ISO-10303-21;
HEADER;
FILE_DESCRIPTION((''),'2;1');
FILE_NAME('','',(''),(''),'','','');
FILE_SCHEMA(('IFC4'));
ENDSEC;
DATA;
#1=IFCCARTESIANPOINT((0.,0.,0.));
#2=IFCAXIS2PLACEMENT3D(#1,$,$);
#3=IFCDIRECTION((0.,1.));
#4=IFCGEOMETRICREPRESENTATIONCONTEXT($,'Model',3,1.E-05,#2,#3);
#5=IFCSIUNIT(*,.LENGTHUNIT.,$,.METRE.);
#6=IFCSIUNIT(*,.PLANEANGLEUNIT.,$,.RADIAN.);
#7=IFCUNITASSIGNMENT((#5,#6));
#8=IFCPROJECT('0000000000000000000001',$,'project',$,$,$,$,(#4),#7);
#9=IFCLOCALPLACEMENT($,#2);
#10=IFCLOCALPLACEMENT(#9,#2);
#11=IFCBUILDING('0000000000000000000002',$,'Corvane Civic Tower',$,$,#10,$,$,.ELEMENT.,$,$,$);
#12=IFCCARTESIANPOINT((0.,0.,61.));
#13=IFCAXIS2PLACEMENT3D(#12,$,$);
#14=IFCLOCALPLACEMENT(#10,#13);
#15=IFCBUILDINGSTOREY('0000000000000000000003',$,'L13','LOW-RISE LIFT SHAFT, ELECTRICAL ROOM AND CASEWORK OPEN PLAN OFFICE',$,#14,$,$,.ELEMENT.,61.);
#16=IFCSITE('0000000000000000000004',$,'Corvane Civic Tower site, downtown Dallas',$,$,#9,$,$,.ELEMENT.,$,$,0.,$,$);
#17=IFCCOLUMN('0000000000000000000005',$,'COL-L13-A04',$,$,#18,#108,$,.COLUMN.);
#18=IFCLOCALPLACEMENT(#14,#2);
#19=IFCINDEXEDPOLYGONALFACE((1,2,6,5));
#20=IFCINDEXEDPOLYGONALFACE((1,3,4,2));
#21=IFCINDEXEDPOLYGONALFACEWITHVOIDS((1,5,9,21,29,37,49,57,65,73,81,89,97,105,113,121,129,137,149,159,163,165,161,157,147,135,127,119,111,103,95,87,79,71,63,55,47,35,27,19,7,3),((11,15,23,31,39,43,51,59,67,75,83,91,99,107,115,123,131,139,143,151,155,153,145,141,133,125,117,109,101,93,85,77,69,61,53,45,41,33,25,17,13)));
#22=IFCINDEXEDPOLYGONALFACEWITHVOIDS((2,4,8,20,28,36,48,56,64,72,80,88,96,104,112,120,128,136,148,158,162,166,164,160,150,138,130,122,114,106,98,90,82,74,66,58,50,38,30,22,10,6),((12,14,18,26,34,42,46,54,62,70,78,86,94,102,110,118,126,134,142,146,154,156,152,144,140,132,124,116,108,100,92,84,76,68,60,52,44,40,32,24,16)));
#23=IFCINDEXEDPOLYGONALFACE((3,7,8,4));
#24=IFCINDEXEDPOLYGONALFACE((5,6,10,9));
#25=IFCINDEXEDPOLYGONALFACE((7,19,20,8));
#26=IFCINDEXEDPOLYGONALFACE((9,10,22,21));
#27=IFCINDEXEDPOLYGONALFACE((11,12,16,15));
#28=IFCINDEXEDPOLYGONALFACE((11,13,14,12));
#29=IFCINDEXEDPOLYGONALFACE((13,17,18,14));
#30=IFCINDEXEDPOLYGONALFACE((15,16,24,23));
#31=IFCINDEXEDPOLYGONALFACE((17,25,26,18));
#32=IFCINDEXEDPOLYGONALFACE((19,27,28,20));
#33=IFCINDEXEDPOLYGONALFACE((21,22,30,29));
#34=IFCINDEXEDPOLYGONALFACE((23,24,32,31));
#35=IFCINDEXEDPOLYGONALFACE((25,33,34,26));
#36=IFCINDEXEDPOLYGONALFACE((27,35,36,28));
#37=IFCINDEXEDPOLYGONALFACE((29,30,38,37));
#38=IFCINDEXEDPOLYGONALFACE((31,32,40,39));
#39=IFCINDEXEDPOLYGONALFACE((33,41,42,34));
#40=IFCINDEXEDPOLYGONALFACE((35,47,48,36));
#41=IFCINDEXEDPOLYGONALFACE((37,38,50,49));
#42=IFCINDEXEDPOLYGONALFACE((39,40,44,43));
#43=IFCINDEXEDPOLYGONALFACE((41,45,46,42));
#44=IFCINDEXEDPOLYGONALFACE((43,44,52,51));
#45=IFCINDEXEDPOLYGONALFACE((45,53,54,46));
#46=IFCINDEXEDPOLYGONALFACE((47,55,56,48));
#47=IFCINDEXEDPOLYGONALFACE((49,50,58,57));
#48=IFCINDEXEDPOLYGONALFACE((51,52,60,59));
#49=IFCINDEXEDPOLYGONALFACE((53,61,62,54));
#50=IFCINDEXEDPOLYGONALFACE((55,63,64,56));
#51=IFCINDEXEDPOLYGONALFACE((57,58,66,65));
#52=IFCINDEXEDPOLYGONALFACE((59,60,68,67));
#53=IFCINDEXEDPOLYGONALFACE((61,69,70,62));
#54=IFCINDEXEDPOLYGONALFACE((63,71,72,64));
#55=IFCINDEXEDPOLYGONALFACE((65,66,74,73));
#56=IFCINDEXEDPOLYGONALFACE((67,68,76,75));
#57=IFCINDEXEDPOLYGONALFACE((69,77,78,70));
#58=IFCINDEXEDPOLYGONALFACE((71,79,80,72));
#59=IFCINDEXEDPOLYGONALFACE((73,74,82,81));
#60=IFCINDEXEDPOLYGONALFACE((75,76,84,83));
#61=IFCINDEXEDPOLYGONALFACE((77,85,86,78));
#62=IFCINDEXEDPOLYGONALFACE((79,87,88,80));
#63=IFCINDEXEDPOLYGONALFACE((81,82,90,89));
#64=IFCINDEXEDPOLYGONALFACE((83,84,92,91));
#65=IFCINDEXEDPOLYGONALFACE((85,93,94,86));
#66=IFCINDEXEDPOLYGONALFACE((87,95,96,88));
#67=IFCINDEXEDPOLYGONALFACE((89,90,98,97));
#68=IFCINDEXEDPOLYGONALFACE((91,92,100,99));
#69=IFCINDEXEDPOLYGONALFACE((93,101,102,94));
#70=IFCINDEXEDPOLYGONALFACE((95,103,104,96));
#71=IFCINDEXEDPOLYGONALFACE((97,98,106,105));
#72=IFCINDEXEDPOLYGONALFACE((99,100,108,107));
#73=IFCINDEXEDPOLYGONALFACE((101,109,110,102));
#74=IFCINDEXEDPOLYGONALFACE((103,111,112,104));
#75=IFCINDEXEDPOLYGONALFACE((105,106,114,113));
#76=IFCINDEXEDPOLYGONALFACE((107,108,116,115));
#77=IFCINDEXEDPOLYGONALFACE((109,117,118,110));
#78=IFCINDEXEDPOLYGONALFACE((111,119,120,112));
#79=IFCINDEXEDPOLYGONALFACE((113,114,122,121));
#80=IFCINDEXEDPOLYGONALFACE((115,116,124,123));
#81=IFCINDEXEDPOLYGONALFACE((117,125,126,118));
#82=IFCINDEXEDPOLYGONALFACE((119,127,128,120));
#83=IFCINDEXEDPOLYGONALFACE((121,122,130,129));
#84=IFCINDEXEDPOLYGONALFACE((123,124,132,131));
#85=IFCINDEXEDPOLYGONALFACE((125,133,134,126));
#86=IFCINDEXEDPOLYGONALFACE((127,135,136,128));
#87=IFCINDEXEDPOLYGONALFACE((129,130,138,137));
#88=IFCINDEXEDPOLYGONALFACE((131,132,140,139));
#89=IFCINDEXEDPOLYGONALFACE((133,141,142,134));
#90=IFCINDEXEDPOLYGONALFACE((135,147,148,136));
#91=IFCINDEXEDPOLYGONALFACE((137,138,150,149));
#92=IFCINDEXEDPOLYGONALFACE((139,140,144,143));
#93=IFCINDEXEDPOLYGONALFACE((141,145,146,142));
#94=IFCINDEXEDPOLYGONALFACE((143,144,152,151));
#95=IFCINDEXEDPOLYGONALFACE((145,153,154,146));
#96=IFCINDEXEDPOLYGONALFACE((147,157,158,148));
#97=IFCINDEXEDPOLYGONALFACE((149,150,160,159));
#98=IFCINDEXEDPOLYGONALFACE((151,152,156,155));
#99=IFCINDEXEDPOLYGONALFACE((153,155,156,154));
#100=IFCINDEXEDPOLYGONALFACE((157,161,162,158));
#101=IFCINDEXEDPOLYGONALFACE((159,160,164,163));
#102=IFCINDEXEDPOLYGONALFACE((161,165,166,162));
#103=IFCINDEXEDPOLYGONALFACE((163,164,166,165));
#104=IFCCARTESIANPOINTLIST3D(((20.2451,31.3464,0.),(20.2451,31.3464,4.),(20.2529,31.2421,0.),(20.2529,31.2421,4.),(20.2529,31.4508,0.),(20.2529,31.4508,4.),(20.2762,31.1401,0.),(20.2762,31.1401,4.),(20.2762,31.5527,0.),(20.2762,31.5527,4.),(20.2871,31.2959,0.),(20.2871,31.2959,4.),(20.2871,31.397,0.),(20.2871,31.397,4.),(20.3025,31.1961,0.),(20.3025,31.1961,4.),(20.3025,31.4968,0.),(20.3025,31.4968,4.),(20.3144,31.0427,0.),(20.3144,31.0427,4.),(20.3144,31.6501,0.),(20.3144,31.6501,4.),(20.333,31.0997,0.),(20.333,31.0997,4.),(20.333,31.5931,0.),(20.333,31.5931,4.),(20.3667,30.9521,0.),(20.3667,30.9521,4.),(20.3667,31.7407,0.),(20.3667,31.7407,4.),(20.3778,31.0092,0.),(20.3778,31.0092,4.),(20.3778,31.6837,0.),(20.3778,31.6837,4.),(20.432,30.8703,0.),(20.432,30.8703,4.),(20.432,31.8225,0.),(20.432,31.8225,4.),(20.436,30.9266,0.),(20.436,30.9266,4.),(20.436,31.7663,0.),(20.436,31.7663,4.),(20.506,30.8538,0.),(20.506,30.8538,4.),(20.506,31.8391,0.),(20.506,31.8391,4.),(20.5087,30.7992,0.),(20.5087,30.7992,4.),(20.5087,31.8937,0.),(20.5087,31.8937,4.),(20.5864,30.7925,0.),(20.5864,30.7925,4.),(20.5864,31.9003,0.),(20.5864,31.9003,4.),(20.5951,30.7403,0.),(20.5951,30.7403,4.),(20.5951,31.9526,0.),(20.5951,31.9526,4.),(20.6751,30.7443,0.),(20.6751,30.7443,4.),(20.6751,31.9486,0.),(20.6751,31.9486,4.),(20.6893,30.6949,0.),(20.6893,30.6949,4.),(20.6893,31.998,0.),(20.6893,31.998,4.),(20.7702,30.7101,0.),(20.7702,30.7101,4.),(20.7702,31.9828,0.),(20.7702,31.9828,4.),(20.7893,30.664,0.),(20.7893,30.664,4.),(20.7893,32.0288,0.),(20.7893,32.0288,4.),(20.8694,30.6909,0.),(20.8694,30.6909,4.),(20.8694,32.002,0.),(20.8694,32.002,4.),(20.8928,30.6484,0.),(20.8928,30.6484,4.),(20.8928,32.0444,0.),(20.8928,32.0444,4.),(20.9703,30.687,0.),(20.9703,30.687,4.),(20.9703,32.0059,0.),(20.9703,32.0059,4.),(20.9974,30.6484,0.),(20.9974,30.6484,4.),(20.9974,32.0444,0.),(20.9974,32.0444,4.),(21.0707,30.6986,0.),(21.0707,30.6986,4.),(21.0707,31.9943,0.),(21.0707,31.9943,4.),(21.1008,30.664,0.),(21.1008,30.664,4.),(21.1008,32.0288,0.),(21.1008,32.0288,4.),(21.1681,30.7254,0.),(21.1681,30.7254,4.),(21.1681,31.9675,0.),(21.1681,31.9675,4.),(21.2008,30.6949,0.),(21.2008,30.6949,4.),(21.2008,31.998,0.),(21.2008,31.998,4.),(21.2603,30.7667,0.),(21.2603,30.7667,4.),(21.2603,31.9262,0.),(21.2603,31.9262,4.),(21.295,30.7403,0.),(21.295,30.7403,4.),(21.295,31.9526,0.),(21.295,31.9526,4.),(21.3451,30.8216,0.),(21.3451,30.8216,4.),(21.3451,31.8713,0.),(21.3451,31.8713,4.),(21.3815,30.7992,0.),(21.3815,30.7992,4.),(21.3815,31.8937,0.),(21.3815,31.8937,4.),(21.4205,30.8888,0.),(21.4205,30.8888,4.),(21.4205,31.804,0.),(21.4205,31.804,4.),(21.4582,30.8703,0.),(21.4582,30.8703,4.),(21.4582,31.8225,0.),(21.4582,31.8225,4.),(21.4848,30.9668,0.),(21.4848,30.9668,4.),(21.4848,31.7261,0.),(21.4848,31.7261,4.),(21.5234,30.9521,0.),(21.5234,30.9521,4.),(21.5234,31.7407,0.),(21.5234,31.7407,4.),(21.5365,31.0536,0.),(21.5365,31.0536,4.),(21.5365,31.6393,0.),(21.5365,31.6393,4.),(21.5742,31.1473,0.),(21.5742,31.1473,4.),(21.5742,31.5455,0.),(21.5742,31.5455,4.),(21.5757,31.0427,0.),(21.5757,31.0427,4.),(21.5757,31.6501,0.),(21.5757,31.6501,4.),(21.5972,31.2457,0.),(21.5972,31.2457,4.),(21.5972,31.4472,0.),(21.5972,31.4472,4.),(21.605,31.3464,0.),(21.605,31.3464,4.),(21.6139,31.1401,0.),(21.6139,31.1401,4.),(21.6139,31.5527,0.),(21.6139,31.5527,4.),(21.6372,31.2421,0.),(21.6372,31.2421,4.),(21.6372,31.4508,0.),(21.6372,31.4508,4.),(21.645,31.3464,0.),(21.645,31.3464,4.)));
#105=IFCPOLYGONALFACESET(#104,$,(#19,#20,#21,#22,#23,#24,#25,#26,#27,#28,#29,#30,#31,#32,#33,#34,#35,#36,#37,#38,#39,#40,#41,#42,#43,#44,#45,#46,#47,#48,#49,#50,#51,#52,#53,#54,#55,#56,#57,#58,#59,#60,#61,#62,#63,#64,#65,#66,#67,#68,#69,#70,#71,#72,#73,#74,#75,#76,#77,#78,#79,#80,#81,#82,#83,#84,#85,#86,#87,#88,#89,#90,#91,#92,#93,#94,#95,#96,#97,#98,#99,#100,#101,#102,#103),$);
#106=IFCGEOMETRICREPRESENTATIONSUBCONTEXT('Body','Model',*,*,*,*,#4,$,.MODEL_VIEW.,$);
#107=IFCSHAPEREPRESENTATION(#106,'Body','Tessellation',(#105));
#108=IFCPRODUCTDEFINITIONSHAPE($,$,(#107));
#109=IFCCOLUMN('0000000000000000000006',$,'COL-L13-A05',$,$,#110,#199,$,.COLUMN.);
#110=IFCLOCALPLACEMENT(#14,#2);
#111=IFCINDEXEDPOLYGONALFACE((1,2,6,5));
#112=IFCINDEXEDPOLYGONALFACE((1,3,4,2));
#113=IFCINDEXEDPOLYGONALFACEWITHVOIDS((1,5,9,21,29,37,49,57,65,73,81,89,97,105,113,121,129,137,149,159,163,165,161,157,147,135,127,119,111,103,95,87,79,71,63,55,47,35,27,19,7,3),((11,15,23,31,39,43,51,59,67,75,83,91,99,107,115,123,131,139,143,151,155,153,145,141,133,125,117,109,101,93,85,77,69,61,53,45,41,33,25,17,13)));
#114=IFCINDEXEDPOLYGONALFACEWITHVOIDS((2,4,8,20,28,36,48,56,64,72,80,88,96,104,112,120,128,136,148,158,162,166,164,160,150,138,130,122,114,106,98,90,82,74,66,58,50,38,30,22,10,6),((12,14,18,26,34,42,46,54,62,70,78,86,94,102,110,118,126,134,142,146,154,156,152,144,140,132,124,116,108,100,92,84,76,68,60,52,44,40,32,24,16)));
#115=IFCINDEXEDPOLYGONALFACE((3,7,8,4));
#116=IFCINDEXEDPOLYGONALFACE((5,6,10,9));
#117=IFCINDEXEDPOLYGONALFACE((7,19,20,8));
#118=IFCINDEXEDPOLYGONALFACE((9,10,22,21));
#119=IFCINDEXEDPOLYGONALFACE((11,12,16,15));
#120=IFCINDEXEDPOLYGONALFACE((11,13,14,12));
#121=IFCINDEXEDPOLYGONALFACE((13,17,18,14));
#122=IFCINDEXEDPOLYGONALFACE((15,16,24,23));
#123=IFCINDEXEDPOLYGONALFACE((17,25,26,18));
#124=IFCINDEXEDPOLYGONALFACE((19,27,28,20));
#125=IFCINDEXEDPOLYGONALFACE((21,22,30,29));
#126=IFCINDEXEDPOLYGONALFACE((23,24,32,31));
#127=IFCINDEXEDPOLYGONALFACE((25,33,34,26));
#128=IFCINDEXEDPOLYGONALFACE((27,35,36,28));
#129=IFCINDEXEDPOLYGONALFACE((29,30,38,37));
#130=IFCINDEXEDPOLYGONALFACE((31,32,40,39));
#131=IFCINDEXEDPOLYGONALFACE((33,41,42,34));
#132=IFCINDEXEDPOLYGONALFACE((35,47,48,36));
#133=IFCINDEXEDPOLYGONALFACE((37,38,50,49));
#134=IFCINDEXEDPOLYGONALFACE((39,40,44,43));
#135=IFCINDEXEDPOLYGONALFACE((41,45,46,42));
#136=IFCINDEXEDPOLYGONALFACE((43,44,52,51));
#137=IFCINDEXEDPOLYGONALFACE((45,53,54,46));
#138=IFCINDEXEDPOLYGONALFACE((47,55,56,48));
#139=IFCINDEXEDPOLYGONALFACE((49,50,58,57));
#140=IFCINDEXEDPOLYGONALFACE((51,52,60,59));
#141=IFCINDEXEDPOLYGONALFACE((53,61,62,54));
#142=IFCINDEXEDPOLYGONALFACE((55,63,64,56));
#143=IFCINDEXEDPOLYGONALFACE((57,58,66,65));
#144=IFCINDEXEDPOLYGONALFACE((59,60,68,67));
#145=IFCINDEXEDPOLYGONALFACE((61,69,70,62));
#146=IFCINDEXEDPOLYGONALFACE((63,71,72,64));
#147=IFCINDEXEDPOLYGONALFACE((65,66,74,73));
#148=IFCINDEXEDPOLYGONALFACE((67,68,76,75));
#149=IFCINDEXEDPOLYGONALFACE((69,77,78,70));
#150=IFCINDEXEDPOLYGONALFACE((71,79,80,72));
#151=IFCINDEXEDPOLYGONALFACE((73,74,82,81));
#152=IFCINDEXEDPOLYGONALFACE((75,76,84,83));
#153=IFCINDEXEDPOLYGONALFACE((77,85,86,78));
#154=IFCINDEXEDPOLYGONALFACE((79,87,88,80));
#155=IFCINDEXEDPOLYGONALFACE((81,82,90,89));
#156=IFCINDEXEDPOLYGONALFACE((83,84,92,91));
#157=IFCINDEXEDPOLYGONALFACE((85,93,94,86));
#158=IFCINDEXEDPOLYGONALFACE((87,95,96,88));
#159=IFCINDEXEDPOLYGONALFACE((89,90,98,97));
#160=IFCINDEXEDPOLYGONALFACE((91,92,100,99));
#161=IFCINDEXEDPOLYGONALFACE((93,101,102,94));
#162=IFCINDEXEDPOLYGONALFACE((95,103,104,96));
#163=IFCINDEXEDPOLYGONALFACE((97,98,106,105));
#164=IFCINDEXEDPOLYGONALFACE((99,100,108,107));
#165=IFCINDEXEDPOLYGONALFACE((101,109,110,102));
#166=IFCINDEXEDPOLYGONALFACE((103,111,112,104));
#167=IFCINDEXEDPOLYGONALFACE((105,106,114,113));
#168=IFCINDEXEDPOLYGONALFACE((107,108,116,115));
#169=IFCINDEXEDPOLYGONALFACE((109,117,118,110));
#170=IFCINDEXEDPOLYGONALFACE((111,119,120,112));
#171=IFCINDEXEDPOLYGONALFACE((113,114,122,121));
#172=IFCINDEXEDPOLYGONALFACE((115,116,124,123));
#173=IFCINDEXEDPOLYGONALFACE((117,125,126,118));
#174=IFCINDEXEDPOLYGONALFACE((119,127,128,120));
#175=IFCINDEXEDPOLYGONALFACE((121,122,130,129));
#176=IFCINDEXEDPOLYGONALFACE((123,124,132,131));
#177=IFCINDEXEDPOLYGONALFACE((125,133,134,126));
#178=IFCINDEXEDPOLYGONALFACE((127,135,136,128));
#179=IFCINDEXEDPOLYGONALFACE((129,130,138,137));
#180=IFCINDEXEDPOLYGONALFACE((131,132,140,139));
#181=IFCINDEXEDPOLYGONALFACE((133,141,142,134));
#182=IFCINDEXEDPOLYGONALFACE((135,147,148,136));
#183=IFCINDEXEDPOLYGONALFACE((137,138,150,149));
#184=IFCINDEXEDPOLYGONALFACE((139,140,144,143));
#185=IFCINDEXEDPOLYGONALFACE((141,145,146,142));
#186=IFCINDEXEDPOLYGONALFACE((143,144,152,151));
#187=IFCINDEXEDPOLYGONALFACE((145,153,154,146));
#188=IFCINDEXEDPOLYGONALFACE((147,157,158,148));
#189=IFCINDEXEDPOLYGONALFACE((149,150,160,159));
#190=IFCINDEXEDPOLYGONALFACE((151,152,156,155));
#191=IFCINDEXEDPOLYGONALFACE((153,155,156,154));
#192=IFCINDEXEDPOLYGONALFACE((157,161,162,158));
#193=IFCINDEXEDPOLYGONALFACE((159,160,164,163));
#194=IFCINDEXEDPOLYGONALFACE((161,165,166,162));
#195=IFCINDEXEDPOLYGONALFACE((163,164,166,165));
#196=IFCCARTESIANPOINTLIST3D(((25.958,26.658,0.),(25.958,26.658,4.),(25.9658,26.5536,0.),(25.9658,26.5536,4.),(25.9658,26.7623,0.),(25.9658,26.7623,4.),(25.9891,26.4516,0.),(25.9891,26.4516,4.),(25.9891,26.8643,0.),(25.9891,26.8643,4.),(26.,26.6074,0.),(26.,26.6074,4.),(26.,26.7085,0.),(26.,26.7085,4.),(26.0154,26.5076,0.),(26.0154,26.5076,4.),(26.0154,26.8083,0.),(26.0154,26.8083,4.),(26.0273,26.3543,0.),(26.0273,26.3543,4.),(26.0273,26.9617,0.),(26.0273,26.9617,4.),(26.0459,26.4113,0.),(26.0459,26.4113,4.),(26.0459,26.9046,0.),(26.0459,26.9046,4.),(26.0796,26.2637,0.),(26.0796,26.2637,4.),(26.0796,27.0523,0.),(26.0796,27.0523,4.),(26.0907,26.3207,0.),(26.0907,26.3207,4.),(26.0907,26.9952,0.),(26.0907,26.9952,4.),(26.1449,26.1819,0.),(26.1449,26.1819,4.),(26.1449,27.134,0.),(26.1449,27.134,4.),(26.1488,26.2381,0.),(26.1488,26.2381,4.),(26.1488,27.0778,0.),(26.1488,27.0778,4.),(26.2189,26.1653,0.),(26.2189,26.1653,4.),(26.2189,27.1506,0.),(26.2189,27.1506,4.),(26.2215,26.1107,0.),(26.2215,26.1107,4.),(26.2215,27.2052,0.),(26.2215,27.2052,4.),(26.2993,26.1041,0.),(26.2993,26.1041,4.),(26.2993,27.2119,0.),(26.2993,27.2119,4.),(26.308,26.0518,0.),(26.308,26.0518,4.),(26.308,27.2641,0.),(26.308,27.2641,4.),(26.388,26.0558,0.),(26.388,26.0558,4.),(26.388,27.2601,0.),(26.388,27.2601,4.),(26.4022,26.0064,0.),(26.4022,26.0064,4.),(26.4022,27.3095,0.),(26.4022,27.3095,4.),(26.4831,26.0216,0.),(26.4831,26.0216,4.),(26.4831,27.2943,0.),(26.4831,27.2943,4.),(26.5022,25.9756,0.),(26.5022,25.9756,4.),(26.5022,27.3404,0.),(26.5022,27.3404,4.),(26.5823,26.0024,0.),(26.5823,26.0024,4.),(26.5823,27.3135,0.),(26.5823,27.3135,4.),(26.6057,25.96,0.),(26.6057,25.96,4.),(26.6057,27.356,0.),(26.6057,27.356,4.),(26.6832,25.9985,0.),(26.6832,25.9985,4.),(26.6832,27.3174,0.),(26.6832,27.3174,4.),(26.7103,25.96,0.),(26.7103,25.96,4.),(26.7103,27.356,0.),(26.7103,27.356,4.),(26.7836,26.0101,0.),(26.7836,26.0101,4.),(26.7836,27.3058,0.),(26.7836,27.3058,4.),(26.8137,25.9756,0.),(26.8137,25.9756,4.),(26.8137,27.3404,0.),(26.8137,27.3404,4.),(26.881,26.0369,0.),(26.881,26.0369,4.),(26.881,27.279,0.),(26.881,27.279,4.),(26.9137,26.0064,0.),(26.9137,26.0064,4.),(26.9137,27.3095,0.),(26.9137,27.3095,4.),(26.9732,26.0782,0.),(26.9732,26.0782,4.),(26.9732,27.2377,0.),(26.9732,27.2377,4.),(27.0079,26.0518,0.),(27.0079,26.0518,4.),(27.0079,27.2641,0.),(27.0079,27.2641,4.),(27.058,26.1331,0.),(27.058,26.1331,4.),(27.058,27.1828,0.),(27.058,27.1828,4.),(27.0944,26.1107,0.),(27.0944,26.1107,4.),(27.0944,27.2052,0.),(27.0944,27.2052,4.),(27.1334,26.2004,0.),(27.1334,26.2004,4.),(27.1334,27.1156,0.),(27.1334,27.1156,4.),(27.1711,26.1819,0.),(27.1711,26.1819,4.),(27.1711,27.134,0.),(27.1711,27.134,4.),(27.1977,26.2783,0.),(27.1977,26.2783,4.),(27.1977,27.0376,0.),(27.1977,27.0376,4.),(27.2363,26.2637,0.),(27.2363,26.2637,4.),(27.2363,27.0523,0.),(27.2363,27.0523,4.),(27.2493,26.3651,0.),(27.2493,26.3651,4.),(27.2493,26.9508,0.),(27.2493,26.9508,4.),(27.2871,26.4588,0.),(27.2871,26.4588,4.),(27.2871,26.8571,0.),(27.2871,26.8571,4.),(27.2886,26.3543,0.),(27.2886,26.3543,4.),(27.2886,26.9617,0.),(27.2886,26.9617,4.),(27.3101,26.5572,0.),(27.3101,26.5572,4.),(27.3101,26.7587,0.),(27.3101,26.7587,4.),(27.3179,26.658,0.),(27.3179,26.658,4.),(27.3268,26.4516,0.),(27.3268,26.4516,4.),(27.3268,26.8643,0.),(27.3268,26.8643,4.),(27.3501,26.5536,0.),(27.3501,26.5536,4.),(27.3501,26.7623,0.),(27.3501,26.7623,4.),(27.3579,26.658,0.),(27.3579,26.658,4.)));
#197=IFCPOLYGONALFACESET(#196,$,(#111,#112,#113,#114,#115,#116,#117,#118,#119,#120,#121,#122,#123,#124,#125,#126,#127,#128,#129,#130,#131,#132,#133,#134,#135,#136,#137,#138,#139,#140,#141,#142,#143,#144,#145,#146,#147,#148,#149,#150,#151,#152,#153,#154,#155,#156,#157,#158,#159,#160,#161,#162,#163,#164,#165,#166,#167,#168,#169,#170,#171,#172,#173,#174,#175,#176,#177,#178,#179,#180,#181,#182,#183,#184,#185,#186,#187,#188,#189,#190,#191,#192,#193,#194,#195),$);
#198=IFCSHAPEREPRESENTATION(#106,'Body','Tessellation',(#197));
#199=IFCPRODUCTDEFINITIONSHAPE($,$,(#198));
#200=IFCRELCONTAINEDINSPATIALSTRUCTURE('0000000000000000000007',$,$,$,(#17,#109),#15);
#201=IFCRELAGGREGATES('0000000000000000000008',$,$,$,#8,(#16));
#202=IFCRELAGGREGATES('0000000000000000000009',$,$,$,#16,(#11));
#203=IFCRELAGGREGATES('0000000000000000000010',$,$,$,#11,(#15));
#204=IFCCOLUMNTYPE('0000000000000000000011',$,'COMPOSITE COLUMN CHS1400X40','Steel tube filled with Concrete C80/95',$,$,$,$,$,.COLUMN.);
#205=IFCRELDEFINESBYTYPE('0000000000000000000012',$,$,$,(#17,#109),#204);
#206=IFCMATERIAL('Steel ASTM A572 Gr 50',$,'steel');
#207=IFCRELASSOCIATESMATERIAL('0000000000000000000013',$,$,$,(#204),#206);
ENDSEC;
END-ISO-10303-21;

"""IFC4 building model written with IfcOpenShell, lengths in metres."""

from ifc_helpers import new_model, si_unit, direction, frame, origin, origin_2d, place, context, subcontext, project, spatial, hollow_circle, extrude, material, material_profile, profile_set, type_object, element, save


model = new_model("IFC4")

# Units and contexts
model_context = context("Model", 3, precision=1e-05, world=origin(), true_north=direction((0.0, 1.0)))
body_context = subcontext(model_context, "Body", "Model", "MODEL_VIEW")
ifc_project = project(units=[si_unit("LENGTHUNIT", "METRE"), si_unit("PLANEANGLEUNIT", "RADIAN")], contexts=[model_context])

# Site, building, storey
site_placement = place(None, origin())
site = spatial("IfcSite", under=ifc_project, at=site_placement, Name="Corvane Civic Tower site, downtown Dallas", CompositionType="ELEMENT", RefElevation=0.0)
building_placement = place(site_placement, origin())
building = spatial("IfcBuilding", under=site, at=building_placement, Name="Corvane Civic Tower", CompositionType="ELEMENT")
storey_placement = place(building_placement, frame((0.0, 0.0, 61.0)))
storey = spatial("IfcBuildingStorey", under=building, at=storey_placement, Name="L13", Description="LOW-RISE LIFT SHAFT, ELECTRICAL ROOM AND CASEWORK OPEN PLAN OFFICE", CompositionType="ELEMENT", Elevation=61.0)

# Columns
ifc_material_1 = material(Name="Steel ASTM A572 Gr 50", Category="steel")
ifc_material_profile_1 = material_profile(ifc_material_1, hollow_circle(Radius=0.7, WallThickness=0.04, at=origin_2d()), Name="CHS1400X40")
ifc_profile_set_1 = profile_set([ifc_material_profile_1], Name="Steel ASTM A572 Gr 50")
column_type = type_object("IfcColumnType", Name="COMPOSITE COLUMN CHS1400X40", Description="Steel tube filled with Concrete C80/95", PredefinedType="COLUMN", material=ifc_profile_set_1)
for number, where, z_axis, x_axis, name in (
    (1, (20.9451, 31.3464, 0.0), (0.0, 0.0, 1.0), (1.0, 0.0, 0.0), "COL-L13-A04"),
    (2, (26.658, 26.658, 0.0), (0.0, 0.0, 1.0), (1.0, 0.0, 0.0), "COL-L13-A05"),
):
    element("IfcColumn", number, at=place(storey_placement, frame(where, z_axis=z_axis, x_axis=x_axis)), inside=storey, type_object=column_type, Name=name, PredefinedType="COLUMN", context=body_context, shape_type="SweptSolid", body=[
        extrude(hollow_circle(Radius=0.7, WallThickness=0.04, at=origin_2d()), origin(), (0.0, 0.0, 1.0), 4.0),
    ])

save(model, "model.ifc")
